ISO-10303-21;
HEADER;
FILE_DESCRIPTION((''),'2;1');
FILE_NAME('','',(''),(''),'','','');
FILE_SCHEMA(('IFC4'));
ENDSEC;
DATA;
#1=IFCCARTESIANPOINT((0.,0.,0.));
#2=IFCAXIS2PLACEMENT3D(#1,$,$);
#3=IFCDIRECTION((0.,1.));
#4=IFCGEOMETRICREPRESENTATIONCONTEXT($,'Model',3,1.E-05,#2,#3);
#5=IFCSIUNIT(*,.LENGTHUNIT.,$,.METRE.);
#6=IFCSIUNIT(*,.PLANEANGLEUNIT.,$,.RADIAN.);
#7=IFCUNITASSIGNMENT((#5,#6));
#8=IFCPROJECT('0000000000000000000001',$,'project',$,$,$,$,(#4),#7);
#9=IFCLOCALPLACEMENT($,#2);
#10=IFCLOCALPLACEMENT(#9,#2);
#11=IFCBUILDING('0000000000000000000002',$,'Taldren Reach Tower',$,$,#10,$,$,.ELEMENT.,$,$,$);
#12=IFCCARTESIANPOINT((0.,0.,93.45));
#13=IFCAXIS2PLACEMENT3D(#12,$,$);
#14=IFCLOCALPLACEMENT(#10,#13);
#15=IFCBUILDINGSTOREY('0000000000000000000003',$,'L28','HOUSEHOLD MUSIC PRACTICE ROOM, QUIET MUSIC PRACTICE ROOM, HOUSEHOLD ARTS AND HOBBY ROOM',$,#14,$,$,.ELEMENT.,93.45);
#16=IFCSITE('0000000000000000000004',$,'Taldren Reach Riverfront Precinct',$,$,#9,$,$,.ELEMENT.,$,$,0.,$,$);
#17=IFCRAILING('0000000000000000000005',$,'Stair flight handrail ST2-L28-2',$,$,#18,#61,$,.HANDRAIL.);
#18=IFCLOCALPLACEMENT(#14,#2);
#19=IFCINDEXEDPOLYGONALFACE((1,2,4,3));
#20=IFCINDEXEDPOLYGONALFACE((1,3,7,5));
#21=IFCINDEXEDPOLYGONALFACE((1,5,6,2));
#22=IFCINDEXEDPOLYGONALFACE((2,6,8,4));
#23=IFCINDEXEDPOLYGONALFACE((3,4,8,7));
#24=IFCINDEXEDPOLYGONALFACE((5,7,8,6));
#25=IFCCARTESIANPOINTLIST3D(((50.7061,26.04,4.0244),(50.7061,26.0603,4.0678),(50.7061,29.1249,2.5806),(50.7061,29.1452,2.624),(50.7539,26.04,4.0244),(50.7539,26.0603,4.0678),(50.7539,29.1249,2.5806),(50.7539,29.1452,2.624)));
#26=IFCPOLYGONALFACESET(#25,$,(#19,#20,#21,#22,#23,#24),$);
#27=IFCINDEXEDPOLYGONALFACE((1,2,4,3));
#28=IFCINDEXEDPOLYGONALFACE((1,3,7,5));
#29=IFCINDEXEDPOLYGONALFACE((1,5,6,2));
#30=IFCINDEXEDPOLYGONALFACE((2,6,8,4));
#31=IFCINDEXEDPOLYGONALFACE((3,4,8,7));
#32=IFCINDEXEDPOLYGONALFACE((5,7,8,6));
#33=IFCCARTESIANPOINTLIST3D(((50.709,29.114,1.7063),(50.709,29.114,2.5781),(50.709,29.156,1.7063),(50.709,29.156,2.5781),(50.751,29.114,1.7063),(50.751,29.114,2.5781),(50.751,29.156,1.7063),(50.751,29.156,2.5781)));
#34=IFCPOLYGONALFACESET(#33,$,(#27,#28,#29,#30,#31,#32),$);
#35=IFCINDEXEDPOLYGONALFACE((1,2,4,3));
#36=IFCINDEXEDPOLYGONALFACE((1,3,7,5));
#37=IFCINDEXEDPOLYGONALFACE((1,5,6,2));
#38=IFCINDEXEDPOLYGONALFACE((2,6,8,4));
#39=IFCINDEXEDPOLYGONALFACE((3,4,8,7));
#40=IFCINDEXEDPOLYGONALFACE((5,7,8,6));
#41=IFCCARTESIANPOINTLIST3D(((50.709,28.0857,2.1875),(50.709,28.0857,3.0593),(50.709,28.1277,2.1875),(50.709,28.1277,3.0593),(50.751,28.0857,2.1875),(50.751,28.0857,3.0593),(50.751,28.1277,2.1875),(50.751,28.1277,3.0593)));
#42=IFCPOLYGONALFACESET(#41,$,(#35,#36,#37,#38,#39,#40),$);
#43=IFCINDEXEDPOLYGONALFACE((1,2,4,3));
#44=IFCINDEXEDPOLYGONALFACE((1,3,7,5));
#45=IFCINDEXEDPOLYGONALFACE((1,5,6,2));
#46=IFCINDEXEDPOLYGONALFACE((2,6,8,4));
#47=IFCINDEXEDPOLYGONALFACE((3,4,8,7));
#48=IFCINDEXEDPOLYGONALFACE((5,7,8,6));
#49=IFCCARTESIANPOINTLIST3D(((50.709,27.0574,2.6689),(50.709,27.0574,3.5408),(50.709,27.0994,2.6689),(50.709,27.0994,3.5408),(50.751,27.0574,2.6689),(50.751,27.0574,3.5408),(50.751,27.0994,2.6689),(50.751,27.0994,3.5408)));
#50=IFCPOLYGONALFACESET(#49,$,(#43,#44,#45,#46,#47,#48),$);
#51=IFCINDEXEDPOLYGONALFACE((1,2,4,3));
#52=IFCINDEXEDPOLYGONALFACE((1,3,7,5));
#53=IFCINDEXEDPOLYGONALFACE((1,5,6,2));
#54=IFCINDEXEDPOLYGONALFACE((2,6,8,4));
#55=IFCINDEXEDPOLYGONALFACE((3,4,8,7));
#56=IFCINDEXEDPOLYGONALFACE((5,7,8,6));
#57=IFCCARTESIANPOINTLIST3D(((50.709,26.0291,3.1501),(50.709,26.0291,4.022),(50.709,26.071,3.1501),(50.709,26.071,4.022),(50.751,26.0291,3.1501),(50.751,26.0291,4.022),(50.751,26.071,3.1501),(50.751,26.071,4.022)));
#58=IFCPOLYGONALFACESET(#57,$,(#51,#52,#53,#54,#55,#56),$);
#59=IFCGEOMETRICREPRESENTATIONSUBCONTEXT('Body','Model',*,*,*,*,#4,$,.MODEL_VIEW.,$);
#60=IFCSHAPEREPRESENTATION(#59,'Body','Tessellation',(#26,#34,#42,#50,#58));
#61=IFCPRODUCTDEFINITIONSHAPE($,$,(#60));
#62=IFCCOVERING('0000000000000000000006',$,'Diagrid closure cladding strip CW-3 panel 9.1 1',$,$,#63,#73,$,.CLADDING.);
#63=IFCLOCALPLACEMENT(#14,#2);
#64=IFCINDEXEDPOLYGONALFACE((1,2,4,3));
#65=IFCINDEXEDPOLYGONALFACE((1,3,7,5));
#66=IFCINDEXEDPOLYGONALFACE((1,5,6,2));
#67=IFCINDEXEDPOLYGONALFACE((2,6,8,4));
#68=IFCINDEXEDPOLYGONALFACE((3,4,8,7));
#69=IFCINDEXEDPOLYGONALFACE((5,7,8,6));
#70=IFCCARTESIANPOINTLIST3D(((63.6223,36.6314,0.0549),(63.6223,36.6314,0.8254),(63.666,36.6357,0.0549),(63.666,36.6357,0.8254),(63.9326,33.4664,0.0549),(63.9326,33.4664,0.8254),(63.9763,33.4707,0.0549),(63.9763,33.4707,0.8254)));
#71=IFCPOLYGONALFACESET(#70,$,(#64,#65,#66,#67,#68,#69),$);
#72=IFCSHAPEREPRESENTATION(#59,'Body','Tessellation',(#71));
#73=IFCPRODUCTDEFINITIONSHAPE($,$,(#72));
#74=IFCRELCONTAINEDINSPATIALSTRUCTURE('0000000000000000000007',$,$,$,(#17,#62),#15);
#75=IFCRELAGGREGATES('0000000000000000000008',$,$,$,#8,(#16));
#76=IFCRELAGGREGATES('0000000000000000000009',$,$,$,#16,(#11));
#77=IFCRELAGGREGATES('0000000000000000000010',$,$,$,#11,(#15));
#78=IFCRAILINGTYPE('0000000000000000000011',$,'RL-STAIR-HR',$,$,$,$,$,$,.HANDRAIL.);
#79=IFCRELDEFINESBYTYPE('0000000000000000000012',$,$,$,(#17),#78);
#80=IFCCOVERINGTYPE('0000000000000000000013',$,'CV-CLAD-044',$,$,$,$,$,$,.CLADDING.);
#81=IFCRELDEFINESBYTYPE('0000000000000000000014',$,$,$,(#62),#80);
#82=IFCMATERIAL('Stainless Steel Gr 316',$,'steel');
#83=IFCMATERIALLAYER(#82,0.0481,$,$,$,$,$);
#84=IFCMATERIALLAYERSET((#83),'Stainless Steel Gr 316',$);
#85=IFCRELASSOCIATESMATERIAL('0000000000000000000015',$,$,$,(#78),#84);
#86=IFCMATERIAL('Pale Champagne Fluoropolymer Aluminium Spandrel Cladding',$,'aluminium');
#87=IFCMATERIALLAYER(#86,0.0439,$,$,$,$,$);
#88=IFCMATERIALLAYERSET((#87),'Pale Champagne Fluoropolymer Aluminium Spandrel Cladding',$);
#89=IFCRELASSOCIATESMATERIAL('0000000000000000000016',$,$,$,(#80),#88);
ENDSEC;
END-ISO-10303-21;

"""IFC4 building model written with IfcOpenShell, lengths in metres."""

from ifc_helpers import new_model, si_unit, direction, frame, origin, origin_2d, place, context, subcontext, project, spatial, rectangle, extrude, source, transform, mapped, material, layer, layer_set, type_object, element, save


model = new_model("IFC4")

# Units and contexts
model_context = context("Model", 3, precision=1e-05, world=origin(), true_north=direction((0.0, 1.0)))
body_context = subcontext(model_context, "Body", "Model", "MODEL_VIEW")
ifc_project = project(units=[si_unit("LENGTHUNIT", "METRE"), si_unit("PLANEANGLEUNIT", "RADIAN")], contexts=[model_context])

# Site, building, storey
site_placement = place(None, origin())
site = spatial("IfcSite", under=ifc_project, at=site_placement, Name="Taldren Reach Riverfront Precinct", CompositionType="ELEMENT", RefElevation=0.0)
building_placement = place(site_placement, origin())
building = spatial("IfcBuilding", under=site, at=building_placement, Name="Taldren Reach Tower", CompositionType="ELEMENT")
storey_placement = place(building_placement, frame((0.0, 0.0, 93.45)))
storey = spatial("IfcBuildingStorey", under=building, at=storey_placement, Name="L28", Description="HOUSEHOLD MUSIC PRACTICE ROOM, QUIET MUSIC PRACTICE ROOM, HOUSEHOLD ARTS AND HOBBY ROOM", CompositionType="ELEMENT", Elevation=93.45)

# Railing
ifc_material_1 = material(Name="Stainless Steel Gr 316", Category="steel")
ifc_layer_1 = layer(ifc_material_1, 0.0481)
ifc_layer_set_1 = layer_set([ifc_layer_1], Name="Stainless Steel Gr 316")
railing_type = type_object("IfcRailingType", Name="RL-STAIR-HR", PredefinedType="HANDRAIL", material=ifc_layer_set_1)
railing_placement = place(storey_placement, frame((50.73, 29.135, 1.7063)))
element("IfcRailing", 1, at=railing_placement, inside=storey, type_object=railing_type, Name="Stair flight handrail ST2-L28-2", PredefinedType="HANDRAIL", context=body_context, shape_type="SweptSolid", body=[
    extrude(rectangle(XDim=0.0479, YDim=0.0479, at=origin_2d()), frame((0.0, 0.0, 0.896), z_axis=(0.0, -0.90571, 0.423898), x_axis=(1.0, 0.0, 0.0)), (0.0, 0.0, 1.0), 3.406),
    extrude(rectangle(XDim=0.042, YDim=0.042, at=origin_2d()), origin(), (0.0, 0.0, 1.0), 0.8718),
    extrude(rectangle(XDim=0.042, YDim=0.042, at=origin_2d()), frame((0.0, -1.0283, 0.4812)), (0.0, 0.0, 1.0), 0.8718),
    extrude(rectangle(XDim=0.042, YDim=0.042, at=origin_2d()), frame((0.0, -2.0566, 0.9626)), (0.0, 0.0, 1.0), 0.8718),
    extrude(rectangle(XDim=0.042, YDim=0.042, at=origin_2d()), frame((0.0, -3.085, 1.4438)), (0.0, 0.0, 1.0), 0.8718),
])

# Covering
ifc_material_2 = material(Name="Pale Champagne Fluoropolymer Aluminium Spandrel Cladding", Category="aluminium")
ifc_layer_2 = layer(ifc_material_2, 0.0439)
ifc_layer_set_2 = layer_set([ifc_layer_2], Name="Pale Champagne Fluoropolymer Aluminium Spandrel Cladding")
covering_type = type_object("IfcCoveringType", Name="CV-CLAD-044", PredefinedType="CLADDING", material=ifc_layer_set_2)
shared_shape_1 = source(origin(), body_context, "Body", "SweptSolid", [
    extrude(rectangle(XDim=3.1802, YDim=0.0439, at=origin_2d()), origin(), (0.0, 0.0, 1.0), 0.7705),
])
covering_placement = place(storey_placement, frame((63.7993, 35.051, 0.0549), z_axis=(0.0, 0.0, 1.0), x_axis=(-0.097583, 0.995227, 0.0)))
element("IfcCovering", 2, at=covering_placement, inside=storey, type_object=covering_type, Name="Diagrid closure cladding strip CW-3 panel 9.1 1", PredefinedType="CLADDING", context=body_context, shape_type="MappedRepresentation", body=[
    mapped(shared_shape_1, transform((0.0, 0.0, 0.0), scale=1.0)),
])

save(model, "model.ifc")
